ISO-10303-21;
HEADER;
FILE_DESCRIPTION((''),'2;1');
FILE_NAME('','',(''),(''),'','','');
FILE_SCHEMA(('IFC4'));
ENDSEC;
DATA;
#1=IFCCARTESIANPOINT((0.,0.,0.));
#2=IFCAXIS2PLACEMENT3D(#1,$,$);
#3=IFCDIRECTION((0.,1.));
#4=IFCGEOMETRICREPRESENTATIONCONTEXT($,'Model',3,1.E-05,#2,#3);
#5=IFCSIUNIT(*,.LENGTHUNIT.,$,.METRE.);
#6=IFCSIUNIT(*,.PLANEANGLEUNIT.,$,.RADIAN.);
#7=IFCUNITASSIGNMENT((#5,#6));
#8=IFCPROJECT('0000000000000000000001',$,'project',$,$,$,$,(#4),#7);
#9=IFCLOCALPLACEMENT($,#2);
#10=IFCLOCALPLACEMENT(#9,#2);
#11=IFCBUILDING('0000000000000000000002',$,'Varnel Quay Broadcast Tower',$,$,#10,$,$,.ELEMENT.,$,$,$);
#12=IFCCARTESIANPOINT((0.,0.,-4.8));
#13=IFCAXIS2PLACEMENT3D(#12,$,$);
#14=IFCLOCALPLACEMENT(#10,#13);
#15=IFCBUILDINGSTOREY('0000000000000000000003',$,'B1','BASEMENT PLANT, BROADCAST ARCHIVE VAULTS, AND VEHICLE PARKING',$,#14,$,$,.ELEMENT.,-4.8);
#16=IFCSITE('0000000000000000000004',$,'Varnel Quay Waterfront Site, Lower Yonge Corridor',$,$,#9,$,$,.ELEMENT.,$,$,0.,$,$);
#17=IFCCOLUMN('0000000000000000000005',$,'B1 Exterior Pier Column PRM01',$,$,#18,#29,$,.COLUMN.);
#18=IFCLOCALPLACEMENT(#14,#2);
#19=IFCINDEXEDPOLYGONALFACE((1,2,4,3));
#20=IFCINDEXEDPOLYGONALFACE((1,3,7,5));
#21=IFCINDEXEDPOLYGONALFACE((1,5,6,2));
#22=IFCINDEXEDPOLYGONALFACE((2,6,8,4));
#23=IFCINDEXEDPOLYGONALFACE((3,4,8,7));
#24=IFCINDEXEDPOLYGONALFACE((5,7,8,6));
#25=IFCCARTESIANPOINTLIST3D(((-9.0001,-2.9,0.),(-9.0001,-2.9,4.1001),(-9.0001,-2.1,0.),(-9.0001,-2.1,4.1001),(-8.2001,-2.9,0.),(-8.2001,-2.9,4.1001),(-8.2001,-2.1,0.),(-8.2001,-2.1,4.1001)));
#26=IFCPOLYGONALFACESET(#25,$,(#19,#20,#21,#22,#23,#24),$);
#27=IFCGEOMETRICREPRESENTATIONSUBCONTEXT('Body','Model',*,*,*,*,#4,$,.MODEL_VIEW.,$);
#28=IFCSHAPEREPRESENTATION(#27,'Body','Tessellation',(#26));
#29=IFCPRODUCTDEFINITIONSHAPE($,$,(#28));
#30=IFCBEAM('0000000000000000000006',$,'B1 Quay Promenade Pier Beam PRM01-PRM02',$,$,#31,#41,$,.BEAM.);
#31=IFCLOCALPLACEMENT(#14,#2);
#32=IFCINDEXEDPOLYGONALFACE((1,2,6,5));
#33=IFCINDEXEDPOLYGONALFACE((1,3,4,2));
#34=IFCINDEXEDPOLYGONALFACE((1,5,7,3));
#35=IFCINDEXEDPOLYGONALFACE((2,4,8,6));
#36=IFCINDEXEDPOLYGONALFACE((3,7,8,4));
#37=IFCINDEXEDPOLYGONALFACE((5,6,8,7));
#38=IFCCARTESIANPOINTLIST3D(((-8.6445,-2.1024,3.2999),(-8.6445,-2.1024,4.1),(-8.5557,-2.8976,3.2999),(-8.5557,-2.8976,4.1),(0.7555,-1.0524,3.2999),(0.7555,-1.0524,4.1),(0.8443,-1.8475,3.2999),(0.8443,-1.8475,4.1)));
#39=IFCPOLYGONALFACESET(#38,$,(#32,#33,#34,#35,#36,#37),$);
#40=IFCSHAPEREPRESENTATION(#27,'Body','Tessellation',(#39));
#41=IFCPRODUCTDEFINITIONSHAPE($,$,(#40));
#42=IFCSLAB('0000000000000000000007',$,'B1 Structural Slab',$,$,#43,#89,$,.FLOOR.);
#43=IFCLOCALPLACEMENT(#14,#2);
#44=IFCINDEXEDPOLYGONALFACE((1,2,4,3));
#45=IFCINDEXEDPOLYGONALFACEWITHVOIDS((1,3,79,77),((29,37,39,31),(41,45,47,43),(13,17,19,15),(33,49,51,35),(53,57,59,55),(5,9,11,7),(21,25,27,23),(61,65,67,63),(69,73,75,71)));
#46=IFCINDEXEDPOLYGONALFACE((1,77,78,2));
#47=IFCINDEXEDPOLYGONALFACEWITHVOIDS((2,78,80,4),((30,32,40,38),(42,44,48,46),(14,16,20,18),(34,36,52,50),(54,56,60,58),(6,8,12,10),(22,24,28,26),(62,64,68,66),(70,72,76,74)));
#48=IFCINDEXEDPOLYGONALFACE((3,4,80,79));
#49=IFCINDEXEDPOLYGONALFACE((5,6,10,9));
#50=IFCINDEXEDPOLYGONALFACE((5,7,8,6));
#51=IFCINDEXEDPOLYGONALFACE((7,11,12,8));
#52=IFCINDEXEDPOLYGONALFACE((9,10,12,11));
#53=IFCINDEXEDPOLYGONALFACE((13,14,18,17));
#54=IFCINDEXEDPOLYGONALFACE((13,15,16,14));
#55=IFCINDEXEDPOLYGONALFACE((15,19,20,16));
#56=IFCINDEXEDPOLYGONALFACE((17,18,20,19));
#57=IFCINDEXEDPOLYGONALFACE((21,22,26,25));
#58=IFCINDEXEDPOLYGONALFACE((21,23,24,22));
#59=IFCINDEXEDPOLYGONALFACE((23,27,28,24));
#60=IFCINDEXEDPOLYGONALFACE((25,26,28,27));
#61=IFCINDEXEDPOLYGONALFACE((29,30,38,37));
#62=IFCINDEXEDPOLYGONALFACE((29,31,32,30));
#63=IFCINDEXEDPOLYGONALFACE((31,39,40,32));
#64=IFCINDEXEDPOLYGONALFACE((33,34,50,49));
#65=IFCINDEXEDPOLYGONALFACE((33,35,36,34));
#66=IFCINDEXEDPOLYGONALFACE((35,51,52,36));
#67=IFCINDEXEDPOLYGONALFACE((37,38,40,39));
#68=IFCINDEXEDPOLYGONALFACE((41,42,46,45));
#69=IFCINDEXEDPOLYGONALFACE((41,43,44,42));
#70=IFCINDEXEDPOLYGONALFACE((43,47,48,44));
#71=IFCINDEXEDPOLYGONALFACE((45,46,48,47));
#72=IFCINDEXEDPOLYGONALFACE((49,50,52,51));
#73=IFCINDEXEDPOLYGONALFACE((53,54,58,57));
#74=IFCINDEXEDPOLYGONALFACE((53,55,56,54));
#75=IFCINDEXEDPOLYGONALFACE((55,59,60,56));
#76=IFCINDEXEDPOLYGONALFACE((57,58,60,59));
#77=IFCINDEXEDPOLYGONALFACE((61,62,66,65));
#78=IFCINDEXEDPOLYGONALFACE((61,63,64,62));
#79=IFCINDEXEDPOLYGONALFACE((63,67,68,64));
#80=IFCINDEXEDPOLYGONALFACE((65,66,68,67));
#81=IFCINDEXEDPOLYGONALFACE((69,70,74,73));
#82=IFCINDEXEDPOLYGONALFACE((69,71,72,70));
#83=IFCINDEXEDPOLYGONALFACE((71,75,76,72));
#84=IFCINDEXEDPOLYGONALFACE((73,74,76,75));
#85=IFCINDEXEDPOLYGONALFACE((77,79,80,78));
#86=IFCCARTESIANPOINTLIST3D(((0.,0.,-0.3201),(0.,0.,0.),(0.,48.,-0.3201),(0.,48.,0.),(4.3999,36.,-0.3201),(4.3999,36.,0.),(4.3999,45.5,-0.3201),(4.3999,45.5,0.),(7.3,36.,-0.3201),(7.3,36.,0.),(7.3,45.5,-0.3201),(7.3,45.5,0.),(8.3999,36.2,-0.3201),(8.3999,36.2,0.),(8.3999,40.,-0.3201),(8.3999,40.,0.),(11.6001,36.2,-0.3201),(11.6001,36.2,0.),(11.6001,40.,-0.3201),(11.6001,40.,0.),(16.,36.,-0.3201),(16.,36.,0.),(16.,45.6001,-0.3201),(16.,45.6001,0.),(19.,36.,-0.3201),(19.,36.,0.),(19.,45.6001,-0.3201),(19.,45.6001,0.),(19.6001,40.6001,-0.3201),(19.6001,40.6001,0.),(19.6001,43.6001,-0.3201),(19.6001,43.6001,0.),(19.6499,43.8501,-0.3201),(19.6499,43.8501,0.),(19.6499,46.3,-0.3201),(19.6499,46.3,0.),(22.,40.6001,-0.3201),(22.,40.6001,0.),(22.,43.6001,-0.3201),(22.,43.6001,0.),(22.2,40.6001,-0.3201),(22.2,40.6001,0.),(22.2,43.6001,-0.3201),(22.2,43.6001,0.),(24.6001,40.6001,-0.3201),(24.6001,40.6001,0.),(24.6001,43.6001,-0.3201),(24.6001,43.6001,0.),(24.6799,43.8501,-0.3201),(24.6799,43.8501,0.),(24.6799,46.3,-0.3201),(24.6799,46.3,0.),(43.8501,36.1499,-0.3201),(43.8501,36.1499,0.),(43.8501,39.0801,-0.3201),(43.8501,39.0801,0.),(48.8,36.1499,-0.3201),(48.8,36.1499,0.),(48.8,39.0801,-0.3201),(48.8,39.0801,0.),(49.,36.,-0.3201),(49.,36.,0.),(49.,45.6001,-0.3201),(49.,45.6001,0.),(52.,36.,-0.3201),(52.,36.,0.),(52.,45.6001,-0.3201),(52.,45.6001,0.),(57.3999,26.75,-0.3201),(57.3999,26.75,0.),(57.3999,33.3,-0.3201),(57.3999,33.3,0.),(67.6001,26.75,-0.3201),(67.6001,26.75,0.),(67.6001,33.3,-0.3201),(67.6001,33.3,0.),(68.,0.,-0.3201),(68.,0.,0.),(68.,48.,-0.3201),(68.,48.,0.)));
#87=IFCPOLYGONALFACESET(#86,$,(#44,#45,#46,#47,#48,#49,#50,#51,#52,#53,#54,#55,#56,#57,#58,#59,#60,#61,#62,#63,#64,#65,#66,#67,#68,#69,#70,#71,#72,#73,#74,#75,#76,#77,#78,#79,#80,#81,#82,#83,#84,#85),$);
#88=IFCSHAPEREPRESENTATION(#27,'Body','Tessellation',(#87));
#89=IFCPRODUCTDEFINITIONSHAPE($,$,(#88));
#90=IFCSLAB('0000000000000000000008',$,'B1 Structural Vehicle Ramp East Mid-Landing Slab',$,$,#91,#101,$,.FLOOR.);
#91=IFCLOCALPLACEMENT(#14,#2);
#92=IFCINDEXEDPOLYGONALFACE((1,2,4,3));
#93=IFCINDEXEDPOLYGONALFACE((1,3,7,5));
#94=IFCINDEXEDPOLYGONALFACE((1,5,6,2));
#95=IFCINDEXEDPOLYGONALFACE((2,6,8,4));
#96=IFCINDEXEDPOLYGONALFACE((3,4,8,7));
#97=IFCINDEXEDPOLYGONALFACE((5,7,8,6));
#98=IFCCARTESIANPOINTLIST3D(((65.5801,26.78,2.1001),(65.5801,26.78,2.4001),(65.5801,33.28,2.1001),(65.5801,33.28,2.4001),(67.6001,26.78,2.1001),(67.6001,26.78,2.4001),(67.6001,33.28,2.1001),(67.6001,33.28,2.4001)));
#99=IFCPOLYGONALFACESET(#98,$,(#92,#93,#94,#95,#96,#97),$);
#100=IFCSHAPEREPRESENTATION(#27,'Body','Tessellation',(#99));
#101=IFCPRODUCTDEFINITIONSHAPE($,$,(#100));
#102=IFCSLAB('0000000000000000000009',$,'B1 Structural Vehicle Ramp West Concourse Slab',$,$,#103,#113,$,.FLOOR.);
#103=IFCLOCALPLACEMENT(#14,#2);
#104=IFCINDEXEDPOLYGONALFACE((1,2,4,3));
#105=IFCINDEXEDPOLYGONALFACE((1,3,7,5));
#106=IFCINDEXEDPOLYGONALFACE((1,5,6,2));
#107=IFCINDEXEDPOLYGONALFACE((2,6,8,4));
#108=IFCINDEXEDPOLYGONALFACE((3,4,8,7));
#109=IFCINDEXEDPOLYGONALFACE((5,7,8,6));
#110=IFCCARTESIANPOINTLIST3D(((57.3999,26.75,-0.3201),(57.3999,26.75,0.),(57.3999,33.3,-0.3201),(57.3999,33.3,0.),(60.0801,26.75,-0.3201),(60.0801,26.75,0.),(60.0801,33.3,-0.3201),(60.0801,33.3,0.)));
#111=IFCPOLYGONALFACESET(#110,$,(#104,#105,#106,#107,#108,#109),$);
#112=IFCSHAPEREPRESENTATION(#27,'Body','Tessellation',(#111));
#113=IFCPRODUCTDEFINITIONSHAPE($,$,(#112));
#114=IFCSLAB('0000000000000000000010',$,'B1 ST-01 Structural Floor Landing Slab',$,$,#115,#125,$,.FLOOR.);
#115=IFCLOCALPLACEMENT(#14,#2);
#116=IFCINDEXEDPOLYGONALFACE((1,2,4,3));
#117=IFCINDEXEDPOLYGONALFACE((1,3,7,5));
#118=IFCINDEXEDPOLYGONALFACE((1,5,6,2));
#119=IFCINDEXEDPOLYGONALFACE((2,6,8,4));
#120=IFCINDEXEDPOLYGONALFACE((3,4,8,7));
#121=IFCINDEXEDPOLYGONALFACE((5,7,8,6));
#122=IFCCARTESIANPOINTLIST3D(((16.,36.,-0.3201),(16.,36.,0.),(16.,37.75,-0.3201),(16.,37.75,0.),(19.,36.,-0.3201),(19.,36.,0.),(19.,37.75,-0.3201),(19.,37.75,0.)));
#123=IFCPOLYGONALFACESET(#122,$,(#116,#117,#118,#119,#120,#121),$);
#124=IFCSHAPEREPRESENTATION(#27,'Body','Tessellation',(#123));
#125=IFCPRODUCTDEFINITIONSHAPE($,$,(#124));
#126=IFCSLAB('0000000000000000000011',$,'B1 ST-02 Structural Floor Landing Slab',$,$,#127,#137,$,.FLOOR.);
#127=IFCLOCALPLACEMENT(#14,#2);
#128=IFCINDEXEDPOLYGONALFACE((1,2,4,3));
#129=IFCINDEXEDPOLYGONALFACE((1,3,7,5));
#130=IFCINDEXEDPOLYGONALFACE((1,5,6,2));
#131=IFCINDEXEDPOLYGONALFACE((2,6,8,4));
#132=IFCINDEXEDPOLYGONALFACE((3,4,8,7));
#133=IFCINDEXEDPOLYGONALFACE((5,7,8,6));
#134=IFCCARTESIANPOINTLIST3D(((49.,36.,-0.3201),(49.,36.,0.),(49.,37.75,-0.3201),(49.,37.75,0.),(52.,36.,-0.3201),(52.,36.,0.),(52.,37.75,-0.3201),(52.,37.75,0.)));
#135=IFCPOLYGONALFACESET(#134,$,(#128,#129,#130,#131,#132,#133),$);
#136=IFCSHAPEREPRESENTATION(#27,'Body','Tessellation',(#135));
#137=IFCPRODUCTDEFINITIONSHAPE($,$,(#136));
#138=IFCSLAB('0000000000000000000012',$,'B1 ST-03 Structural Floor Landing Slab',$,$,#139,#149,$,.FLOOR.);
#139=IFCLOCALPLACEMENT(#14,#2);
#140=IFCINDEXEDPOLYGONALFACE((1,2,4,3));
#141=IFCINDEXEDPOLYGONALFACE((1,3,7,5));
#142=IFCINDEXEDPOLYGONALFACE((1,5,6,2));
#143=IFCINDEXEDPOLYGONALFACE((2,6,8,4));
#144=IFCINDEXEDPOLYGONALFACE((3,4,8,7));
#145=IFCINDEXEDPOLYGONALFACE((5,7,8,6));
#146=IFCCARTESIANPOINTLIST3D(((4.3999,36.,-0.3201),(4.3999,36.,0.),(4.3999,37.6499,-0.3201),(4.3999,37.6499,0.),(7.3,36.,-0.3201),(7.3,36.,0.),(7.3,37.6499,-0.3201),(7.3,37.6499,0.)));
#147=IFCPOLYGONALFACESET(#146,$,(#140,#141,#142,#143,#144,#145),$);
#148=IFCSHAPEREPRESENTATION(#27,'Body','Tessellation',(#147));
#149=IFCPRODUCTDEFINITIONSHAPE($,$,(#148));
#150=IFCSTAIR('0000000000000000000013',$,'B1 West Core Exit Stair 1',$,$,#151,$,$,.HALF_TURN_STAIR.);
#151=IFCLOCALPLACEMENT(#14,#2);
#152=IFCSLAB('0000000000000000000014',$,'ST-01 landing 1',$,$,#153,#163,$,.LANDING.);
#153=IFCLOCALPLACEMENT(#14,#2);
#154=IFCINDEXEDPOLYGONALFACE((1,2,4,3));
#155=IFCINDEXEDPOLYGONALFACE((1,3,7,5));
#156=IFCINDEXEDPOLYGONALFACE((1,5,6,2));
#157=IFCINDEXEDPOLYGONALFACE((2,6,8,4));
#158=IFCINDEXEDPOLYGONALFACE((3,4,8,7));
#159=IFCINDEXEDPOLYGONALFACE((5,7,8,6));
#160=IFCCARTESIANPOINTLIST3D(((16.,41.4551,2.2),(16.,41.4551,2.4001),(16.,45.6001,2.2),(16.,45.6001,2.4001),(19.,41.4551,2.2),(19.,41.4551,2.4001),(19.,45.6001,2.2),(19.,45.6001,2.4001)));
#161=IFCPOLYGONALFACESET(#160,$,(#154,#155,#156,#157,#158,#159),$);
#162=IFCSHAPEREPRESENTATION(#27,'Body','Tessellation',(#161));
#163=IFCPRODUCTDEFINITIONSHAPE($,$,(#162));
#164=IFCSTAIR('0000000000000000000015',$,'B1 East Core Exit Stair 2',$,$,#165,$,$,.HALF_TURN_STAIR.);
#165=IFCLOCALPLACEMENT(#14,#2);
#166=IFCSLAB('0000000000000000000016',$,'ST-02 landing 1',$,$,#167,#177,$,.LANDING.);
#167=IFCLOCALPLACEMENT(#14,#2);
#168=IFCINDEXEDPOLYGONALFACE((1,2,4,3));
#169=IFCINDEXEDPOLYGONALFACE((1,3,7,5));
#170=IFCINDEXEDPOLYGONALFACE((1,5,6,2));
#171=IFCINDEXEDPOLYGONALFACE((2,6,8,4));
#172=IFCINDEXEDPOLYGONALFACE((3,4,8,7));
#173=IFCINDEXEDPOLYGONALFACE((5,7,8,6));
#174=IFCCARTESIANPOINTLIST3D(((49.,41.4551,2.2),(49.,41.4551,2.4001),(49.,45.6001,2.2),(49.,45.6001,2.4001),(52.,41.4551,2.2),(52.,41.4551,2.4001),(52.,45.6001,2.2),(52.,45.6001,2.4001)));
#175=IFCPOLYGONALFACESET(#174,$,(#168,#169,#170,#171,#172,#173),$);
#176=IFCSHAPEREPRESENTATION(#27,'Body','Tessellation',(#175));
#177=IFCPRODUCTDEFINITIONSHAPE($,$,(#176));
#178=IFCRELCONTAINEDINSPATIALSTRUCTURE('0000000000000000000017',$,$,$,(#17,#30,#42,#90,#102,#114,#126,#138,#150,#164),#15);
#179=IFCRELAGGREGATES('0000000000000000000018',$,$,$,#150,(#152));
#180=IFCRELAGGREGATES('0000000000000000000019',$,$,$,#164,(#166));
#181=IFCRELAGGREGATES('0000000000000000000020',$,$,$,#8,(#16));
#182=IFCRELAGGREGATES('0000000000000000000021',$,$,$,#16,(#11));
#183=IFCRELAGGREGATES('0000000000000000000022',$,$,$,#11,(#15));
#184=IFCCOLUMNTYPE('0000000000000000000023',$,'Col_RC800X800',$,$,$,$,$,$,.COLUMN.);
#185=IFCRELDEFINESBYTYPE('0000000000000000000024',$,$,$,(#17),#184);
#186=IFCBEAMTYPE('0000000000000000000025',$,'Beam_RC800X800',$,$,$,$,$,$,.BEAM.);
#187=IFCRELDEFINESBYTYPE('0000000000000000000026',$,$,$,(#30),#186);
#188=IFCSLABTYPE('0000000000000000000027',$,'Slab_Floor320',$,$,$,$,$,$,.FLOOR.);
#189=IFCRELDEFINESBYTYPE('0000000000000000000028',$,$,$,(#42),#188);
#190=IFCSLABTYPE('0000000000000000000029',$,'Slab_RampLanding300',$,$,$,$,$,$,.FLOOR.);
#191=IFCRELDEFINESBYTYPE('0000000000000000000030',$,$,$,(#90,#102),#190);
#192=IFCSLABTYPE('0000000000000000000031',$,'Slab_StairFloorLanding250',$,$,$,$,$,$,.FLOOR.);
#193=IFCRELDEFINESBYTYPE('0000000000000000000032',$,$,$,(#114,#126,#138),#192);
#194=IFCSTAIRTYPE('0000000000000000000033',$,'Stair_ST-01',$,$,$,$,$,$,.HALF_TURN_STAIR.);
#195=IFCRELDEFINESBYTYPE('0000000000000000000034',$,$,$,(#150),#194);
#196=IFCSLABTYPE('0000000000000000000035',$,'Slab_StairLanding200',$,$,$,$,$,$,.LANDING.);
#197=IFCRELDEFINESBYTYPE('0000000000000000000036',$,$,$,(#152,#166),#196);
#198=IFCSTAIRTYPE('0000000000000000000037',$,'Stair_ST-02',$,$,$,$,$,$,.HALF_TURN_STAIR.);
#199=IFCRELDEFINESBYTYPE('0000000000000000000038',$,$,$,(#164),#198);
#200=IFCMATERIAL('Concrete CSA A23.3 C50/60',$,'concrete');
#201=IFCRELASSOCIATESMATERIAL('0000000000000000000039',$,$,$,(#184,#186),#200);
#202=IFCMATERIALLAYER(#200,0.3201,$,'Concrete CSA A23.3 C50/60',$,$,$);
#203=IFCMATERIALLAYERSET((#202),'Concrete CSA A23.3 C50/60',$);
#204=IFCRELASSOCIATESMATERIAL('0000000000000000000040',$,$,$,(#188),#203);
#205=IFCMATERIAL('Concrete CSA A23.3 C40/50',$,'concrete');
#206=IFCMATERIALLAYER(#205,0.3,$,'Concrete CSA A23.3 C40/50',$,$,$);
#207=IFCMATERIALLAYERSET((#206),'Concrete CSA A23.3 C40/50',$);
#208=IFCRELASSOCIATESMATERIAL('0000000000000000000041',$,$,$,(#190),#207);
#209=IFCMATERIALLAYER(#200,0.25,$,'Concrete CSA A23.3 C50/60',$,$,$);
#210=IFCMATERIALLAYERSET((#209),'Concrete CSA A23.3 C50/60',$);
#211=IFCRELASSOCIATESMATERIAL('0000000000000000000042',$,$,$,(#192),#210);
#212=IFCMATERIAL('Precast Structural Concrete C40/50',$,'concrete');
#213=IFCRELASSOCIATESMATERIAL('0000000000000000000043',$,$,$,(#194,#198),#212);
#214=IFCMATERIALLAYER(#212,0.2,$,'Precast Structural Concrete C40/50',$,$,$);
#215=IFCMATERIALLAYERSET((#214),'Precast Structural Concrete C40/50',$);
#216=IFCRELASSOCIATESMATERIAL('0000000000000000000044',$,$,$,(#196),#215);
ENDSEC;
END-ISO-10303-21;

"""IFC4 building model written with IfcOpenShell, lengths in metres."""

from ifc_helpers import new_model, si_unit, direction, frame, origin, origin_2d, place, context, subcontext, project, spatial, polyline, rectangle, outline, extrude, source, transform, mapped, material, layer, layer_set, material_profile, profile_set, type_object, type_shapes, element, aggregate, save


model = new_model("IFC4")

# Units and contexts
model_context = context("Model", 3, precision=1e-05, world=origin(), true_north=direction((0.0, 1.0)))
body_context = subcontext(model_context, "Body", "Model", "MODEL_VIEW")
ifc_project = project(units=[si_unit("LENGTHUNIT", "METRE"), si_unit("PLANEANGLEUNIT", "RADIAN")], contexts=[model_context])

# Site, building, storey
site_placement = place(None, origin())
site = spatial("IfcSite", under=ifc_project, at=site_placement, Name="Varnel Quay Waterfront Site, Lower Yonge Corridor", CompositionType="ELEMENT", RefElevation=0.0)
building_placement = place(site_placement, origin())
building = spatial("IfcBuilding", under=site, at=building_placement, Name="Varnel Quay Broadcast Tower", CompositionType="ELEMENT")
storey_placement = place(building_placement, frame((0.0, 0.0, -4.8)))
storey = spatial("IfcBuildingStorey", under=building, at=storey_placement, Name="B1", Description="BASEMENT PLANT, BROADCAST ARCHIVE VAULTS, AND VEHICLE PARKING", CompositionType="ELEMENT", Elevation=-4.8)

# Column
ifc_material_1 = material(Name="Concrete CSA A23.3 C50/60", Category="concrete")
ifc_material_profile_1 = material_profile(ifc_material_1, rectangle(XDim=0.8, YDim=0.8, at=origin_2d()), Name="RC800X800")
ifc_profile_set_1 = profile_set([ifc_material_profile_1], Name="Concrete CSA A23.3 C50/60")
column_type = type_object("IfcColumnType", Name="Col_RC800X800", PredefinedType="COLUMN", material=ifc_profile_set_1)
shared_shape_1 = source(origin(), body_context, "Body", "SweptSolid", [
    extrude(rectangle(XDim=0.8, YDim=0.8, at=origin_2d()), origin(), (0.0, 0.0, 1.0), 4.1001),
])
type_shapes(column_type, [shared_shape_1])
column_placement = place(storey_placement, frame((-8.6001, -2.5, 0.0), z_axis=(0.0, 0.0, 1.0), x_axis=(1.0, 0.0, 0.0)))
element("IfcColumn", 1, at=column_placement, inside=storey, type_object=column_type, Name="B1 Exterior Pier Column PRM01", PredefinedType="COLUMN", context=body_context, shape_type="MappedRepresentation", body=[
    mapped(shared_shape_1, transform((0.0, 0.0, 0.0), x_axis=(1.0, 0.0, 0.0), y_axis=(0.0, 1.0, 0.0), z_axis=(0.0, 0.0, 1.0), scale=1.0)),
])

# Beam
ifc_material_profile_2 = material_profile(ifc_material_1, rectangle(XDim=0.8, YDim=0.8, at=origin_2d()), Name="RC800X800")
ifc_profile_set_2 = profile_set([ifc_material_profile_2], Name="Concrete CSA A23.3 C50/60")
beam_type = type_object("IfcBeamType", Name="Beam_RC800X800", PredefinedType="BEAM", material=ifc_profile_set_2)
shared_shape_2 = source(origin(), body_context, "Body", "SweptSolid", [
    extrude(rectangle(XDim=0.8, YDim=0.8, at=origin_2d()), origin(), (0.0, 0.0, 1.0), 9.4585),
])
type_shapes(beam_type, [shared_shape_2])
beam_placement = place(storey_placement, frame((-8.6001, -2.5, 3.7), z_axis=(0.993819, 0.111015, 0.0), x_axis=(-0.111015, 0.993819, 0.0)))
element("IfcBeam", 2, at=beam_placement, inside=storey, type_object=beam_type, Name="B1 Quay Promenade Pier Beam PRM01-PRM02", PredefinedType="BEAM", context=body_context, shape_type="MappedRepresentation", body=[
    mapped(shared_shape_2, transform((0.0, 0.0, 0.0), x_axis=(1.0, 0.0, 0.0), y_axis=(0.0, 1.0, 0.0), z_axis=(0.0, 0.0, 1.0), scale=1.0)),
])

# Slabs
ifc_layer_1 = layer(ifc_material_1, 0.3201, Name="Concrete CSA A23.3 C50/60")
ifc_layer_set_1 = layer_set([ifc_layer_1], Name="Concrete CSA A23.3 C50/60")
slab_type_1 = type_object("IfcSlabType", Name="Slab_Floor320", PredefinedType="FLOOR", material=ifc_layer_set_1)
slab_1_placement = place(storey_placement, frame((0.0, 0.0, -0.3201)))
element("IfcSlab", 3, at=slab_1_placement, inside=storey, type_object=slab_type_1, Name="B1 Structural Slab", PredefinedType="FLOOR", context=body_context, shape_type="SweptSolid", body=[
    extrude(outline(polyline([(0.0, 0.0), (68.0, 0.0), (68.0, 48.0), (0.0, 48.0), (0.0, 0.0)]), holes=[polyline([(57.3999, 26.75), (57.3999, 33.3), (67.6001, 33.3), (67.6001, 26.75), (57.3999, 26.75)]), polyline([(43.8501, 36.1499), (43.8501, 39.0801), (48.8, 39.0801), (48.8, 36.1499), (43.8501, 36.1499)]), polyline([(8.3999, 36.2), (8.3999, 40.0), (11.6001, 40.0), (11.6001, 36.2), (8.3999, 36.2)]), polyline([(7.3, 36.0), (4.3999, 36.0), (4.3999, 45.5), (7.3, 45.5), (7.3, 36.0)]), polyline([(19.0, 36.0), (16.0, 36.0), (16.0, 45.6001), (19.0, 45.6001), (19.0, 36.0)]), polyline([(52.0, 36.0), (49.0, 36.0), (49.0, 45.6001), (52.0, 45.6001), (52.0, 36.0)]), polyline([(19.6001, 40.6001), (19.6001, 43.6001), (22.0, 43.6001), (22.0, 40.6001), (19.6001, 40.6001)]), polyline([(22.2, 43.6001), (24.6001, 43.6001), (24.6001, 40.6001), (22.2, 40.6001), (22.2, 43.6001)]), polyline([(19.6499, 46.3), (24.6799, 46.3), (24.6799, 43.8501), (19.6499, 43.8501), (19.6499, 46.3)])]), origin(), (0.0, 0.0, 1.0), 0.3201),
])
ifc_material_2 = material(Name="Concrete CSA A23.3 C40/50", Category="concrete")
ifc_layer_2 = layer(ifc_material_2, 0.3, Name="Concrete CSA A23.3 C40/50")
ifc_layer_set_2 = layer_set([ifc_layer_2], Name="Concrete CSA A23.3 C40/50")
slab_type_2 = type_object("IfcSlabType", Name="Slab_RampLanding300", PredefinedType="FLOOR", material=ifc_layer_set_2)
slab_2_placement = place(storey_placement, frame((0.0, 0.0, 2.1001)))
element("IfcSlab", 4, at=slab_2_placement, inside=storey, type_object=slab_type_2, Name="B1 Structural Vehicle Ramp East Mid-Landing Slab", PredefinedType="FLOOR", context=body_context, shape_type="SweptSolid", body=[
    extrude(outline(polyline([(65.5801, 26.78), (67.6001, 26.78), (67.6001, 33.28), (65.5801, 33.28), (65.5801, 26.78)])), origin(), (0.0, 0.0, 1.0), 0.3),
])
slab_3_placement = place(storey_placement, frame((0.0, 0.0, -0.3201)))
element("IfcSlab", 5, at=slab_3_placement, inside=storey, type_object=slab_type_2, Name="B1 Structural Vehicle Ramp West Concourse Slab", PredefinedType="FLOOR", context=body_context, shape_type="SweptSolid", body=[
    extrude(outline(polyline([(57.3999, 26.75), (60.0801, 26.75), (60.0801, 33.3), (57.3999, 33.3), (57.3999, 26.75)])), origin(), (0.0, 0.0, 1.0), 0.3201),
])
ifc_layer_3 = layer(ifc_material_1, 0.25, Name="Concrete CSA A23.3 C50/60")
ifc_layer_set_3 = layer_set([ifc_layer_3], Name="Concrete CSA A23.3 C50/60")
slab_type_3 = type_object("IfcSlabType", Name="Slab_StairFloorLanding250", PredefinedType="FLOOR", material=ifc_layer_set_3)
slab_4_placement = place(storey_placement, frame((0.0, 0.0, -0.3201)))
element("IfcSlab", 6, at=slab_4_placement, inside=storey, type_object=slab_type_3, Name="B1 ST-01 Structural Floor Landing Slab", PredefinedType="FLOOR", context=body_context, shape_type="SweptSolid", body=[
    extrude(outline(polyline([(19.0, 36.0), (19.0, 37.75), (16.0, 37.75), (16.0, 36.0), (19.0, 36.0)])), origin(), (0.0, 0.0, 1.0), 0.3201),
])
slab_5_placement = place(storey_placement, frame((0.0, 0.0, -0.3201)))
element("IfcSlab", 7, at=slab_5_placement, inside=storey, type_object=slab_type_3, Name="B1 ST-02 Structural Floor Landing Slab", PredefinedType="FLOOR", context=body_context, shape_type="SweptSolid", body=[
    extrude(outline(polyline([(52.0, 36.0), (52.0, 37.75), (49.0, 37.75), (49.0, 36.0), (52.0, 36.0)])), origin(), (0.0, 0.0, 1.0), 0.3201),
])
slab_6_placement = place(storey_placement, frame((0.0, 0.0, -0.3201)))
element("IfcSlab", 8, at=slab_6_placement, inside=storey, type_object=slab_type_3, Name="B1 ST-03 Structural Floor Landing Slab", PredefinedType="FLOOR", context=body_context, shape_type="SweptSolid", body=[
    extrude(outline(polyline([(7.3, 36.0), (7.3, 37.6499), (4.3999, 37.6499), (4.3999, 36.0), (7.3, 36.0)])), origin(), (0.0, 0.0, 1.0), 0.3201),
])

# Stairs, slabs
ifc_material_3 = material(Name="Precast Structural Concrete C40/50", Category="concrete")
stair_type_1 = type_object("IfcStairType", Name="Stair_ST-01", PredefinedType="HALF_TURN_STAIR", material=ifc_material_3)
stair_1_placement = place(storey_placement, origin())
stair_1 = element("IfcStair", 9, at=stair_1_placement, inside=storey, type_object=stair_type_1, Name="B1 West Core Exit Stair 1", PredefinedType="HALF_TURN_STAIR")
ifc_layer_4 = layer(ifc_material_3, 0.2, Name="Precast Structural Concrete C40/50")
ifc_layer_set_4 = layer_set([ifc_layer_4], Name="Precast Structural Concrete C40/50")
slab_type_4 = type_object("IfcSlabType", Name="Slab_StairLanding200", PredefinedType="LANDING", material=ifc_layer_set_4)
slab_7_placement = place(storey_placement, frame((0.0, 0.0, 2.2)))
slab_7 = element("IfcSlab", 10, at=slab_7_placement, type_object=slab_type_4, Name="ST-01 landing 1", PredefinedType="LANDING", context=body_context, shape_type="SweptSolid", body=[
    extrude(outline(polyline([(19.0, 41.4551), (19.0, 45.6001), (16.0, 45.6001), (16.0, 41.4551), (19.0, 41.4551)])), origin(), (0.0, 0.0, 1.0), 0.2002),
])
aggregate(stair_1, [slab_7])
stair_type_2 = type_object("IfcStairType", Name="Stair_ST-02", PredefinedType="HALF_TURN_STAIR", material=ifc_material_3)
stair_2_placement = place(storey_placement, origin())
stair_2 = element("IfcStair", 11, at=stair_2_placement, inside=storey, type_object=stair_type_2, Name="B1 East Core Exit Stair 2", PredefinedType="HALF_TURN_STAIR")
slab_8_placement = place(storey_placement, frame((0.0, 0.0, 2.2)))
slab_8 = element("IfcSlab", 12, at=slab_8_placement, type_object=slab_type_4, Name="ST-02 landing 1", PredefinedType="LANDING", context=body_context, shape_type="SweptSolid", body=[
    extrude(outline(polyline([(52.0, 41.4551), (52.0, 45.6001), (49.0, 45.6001), (49.0, 41.4551), (52.0, 41.4551)])), origin(), (0.0, 0.0, 1.0), 0.2002),
])
aggregate(stair_2, [slab_8])

save(model, "model.ifc")
